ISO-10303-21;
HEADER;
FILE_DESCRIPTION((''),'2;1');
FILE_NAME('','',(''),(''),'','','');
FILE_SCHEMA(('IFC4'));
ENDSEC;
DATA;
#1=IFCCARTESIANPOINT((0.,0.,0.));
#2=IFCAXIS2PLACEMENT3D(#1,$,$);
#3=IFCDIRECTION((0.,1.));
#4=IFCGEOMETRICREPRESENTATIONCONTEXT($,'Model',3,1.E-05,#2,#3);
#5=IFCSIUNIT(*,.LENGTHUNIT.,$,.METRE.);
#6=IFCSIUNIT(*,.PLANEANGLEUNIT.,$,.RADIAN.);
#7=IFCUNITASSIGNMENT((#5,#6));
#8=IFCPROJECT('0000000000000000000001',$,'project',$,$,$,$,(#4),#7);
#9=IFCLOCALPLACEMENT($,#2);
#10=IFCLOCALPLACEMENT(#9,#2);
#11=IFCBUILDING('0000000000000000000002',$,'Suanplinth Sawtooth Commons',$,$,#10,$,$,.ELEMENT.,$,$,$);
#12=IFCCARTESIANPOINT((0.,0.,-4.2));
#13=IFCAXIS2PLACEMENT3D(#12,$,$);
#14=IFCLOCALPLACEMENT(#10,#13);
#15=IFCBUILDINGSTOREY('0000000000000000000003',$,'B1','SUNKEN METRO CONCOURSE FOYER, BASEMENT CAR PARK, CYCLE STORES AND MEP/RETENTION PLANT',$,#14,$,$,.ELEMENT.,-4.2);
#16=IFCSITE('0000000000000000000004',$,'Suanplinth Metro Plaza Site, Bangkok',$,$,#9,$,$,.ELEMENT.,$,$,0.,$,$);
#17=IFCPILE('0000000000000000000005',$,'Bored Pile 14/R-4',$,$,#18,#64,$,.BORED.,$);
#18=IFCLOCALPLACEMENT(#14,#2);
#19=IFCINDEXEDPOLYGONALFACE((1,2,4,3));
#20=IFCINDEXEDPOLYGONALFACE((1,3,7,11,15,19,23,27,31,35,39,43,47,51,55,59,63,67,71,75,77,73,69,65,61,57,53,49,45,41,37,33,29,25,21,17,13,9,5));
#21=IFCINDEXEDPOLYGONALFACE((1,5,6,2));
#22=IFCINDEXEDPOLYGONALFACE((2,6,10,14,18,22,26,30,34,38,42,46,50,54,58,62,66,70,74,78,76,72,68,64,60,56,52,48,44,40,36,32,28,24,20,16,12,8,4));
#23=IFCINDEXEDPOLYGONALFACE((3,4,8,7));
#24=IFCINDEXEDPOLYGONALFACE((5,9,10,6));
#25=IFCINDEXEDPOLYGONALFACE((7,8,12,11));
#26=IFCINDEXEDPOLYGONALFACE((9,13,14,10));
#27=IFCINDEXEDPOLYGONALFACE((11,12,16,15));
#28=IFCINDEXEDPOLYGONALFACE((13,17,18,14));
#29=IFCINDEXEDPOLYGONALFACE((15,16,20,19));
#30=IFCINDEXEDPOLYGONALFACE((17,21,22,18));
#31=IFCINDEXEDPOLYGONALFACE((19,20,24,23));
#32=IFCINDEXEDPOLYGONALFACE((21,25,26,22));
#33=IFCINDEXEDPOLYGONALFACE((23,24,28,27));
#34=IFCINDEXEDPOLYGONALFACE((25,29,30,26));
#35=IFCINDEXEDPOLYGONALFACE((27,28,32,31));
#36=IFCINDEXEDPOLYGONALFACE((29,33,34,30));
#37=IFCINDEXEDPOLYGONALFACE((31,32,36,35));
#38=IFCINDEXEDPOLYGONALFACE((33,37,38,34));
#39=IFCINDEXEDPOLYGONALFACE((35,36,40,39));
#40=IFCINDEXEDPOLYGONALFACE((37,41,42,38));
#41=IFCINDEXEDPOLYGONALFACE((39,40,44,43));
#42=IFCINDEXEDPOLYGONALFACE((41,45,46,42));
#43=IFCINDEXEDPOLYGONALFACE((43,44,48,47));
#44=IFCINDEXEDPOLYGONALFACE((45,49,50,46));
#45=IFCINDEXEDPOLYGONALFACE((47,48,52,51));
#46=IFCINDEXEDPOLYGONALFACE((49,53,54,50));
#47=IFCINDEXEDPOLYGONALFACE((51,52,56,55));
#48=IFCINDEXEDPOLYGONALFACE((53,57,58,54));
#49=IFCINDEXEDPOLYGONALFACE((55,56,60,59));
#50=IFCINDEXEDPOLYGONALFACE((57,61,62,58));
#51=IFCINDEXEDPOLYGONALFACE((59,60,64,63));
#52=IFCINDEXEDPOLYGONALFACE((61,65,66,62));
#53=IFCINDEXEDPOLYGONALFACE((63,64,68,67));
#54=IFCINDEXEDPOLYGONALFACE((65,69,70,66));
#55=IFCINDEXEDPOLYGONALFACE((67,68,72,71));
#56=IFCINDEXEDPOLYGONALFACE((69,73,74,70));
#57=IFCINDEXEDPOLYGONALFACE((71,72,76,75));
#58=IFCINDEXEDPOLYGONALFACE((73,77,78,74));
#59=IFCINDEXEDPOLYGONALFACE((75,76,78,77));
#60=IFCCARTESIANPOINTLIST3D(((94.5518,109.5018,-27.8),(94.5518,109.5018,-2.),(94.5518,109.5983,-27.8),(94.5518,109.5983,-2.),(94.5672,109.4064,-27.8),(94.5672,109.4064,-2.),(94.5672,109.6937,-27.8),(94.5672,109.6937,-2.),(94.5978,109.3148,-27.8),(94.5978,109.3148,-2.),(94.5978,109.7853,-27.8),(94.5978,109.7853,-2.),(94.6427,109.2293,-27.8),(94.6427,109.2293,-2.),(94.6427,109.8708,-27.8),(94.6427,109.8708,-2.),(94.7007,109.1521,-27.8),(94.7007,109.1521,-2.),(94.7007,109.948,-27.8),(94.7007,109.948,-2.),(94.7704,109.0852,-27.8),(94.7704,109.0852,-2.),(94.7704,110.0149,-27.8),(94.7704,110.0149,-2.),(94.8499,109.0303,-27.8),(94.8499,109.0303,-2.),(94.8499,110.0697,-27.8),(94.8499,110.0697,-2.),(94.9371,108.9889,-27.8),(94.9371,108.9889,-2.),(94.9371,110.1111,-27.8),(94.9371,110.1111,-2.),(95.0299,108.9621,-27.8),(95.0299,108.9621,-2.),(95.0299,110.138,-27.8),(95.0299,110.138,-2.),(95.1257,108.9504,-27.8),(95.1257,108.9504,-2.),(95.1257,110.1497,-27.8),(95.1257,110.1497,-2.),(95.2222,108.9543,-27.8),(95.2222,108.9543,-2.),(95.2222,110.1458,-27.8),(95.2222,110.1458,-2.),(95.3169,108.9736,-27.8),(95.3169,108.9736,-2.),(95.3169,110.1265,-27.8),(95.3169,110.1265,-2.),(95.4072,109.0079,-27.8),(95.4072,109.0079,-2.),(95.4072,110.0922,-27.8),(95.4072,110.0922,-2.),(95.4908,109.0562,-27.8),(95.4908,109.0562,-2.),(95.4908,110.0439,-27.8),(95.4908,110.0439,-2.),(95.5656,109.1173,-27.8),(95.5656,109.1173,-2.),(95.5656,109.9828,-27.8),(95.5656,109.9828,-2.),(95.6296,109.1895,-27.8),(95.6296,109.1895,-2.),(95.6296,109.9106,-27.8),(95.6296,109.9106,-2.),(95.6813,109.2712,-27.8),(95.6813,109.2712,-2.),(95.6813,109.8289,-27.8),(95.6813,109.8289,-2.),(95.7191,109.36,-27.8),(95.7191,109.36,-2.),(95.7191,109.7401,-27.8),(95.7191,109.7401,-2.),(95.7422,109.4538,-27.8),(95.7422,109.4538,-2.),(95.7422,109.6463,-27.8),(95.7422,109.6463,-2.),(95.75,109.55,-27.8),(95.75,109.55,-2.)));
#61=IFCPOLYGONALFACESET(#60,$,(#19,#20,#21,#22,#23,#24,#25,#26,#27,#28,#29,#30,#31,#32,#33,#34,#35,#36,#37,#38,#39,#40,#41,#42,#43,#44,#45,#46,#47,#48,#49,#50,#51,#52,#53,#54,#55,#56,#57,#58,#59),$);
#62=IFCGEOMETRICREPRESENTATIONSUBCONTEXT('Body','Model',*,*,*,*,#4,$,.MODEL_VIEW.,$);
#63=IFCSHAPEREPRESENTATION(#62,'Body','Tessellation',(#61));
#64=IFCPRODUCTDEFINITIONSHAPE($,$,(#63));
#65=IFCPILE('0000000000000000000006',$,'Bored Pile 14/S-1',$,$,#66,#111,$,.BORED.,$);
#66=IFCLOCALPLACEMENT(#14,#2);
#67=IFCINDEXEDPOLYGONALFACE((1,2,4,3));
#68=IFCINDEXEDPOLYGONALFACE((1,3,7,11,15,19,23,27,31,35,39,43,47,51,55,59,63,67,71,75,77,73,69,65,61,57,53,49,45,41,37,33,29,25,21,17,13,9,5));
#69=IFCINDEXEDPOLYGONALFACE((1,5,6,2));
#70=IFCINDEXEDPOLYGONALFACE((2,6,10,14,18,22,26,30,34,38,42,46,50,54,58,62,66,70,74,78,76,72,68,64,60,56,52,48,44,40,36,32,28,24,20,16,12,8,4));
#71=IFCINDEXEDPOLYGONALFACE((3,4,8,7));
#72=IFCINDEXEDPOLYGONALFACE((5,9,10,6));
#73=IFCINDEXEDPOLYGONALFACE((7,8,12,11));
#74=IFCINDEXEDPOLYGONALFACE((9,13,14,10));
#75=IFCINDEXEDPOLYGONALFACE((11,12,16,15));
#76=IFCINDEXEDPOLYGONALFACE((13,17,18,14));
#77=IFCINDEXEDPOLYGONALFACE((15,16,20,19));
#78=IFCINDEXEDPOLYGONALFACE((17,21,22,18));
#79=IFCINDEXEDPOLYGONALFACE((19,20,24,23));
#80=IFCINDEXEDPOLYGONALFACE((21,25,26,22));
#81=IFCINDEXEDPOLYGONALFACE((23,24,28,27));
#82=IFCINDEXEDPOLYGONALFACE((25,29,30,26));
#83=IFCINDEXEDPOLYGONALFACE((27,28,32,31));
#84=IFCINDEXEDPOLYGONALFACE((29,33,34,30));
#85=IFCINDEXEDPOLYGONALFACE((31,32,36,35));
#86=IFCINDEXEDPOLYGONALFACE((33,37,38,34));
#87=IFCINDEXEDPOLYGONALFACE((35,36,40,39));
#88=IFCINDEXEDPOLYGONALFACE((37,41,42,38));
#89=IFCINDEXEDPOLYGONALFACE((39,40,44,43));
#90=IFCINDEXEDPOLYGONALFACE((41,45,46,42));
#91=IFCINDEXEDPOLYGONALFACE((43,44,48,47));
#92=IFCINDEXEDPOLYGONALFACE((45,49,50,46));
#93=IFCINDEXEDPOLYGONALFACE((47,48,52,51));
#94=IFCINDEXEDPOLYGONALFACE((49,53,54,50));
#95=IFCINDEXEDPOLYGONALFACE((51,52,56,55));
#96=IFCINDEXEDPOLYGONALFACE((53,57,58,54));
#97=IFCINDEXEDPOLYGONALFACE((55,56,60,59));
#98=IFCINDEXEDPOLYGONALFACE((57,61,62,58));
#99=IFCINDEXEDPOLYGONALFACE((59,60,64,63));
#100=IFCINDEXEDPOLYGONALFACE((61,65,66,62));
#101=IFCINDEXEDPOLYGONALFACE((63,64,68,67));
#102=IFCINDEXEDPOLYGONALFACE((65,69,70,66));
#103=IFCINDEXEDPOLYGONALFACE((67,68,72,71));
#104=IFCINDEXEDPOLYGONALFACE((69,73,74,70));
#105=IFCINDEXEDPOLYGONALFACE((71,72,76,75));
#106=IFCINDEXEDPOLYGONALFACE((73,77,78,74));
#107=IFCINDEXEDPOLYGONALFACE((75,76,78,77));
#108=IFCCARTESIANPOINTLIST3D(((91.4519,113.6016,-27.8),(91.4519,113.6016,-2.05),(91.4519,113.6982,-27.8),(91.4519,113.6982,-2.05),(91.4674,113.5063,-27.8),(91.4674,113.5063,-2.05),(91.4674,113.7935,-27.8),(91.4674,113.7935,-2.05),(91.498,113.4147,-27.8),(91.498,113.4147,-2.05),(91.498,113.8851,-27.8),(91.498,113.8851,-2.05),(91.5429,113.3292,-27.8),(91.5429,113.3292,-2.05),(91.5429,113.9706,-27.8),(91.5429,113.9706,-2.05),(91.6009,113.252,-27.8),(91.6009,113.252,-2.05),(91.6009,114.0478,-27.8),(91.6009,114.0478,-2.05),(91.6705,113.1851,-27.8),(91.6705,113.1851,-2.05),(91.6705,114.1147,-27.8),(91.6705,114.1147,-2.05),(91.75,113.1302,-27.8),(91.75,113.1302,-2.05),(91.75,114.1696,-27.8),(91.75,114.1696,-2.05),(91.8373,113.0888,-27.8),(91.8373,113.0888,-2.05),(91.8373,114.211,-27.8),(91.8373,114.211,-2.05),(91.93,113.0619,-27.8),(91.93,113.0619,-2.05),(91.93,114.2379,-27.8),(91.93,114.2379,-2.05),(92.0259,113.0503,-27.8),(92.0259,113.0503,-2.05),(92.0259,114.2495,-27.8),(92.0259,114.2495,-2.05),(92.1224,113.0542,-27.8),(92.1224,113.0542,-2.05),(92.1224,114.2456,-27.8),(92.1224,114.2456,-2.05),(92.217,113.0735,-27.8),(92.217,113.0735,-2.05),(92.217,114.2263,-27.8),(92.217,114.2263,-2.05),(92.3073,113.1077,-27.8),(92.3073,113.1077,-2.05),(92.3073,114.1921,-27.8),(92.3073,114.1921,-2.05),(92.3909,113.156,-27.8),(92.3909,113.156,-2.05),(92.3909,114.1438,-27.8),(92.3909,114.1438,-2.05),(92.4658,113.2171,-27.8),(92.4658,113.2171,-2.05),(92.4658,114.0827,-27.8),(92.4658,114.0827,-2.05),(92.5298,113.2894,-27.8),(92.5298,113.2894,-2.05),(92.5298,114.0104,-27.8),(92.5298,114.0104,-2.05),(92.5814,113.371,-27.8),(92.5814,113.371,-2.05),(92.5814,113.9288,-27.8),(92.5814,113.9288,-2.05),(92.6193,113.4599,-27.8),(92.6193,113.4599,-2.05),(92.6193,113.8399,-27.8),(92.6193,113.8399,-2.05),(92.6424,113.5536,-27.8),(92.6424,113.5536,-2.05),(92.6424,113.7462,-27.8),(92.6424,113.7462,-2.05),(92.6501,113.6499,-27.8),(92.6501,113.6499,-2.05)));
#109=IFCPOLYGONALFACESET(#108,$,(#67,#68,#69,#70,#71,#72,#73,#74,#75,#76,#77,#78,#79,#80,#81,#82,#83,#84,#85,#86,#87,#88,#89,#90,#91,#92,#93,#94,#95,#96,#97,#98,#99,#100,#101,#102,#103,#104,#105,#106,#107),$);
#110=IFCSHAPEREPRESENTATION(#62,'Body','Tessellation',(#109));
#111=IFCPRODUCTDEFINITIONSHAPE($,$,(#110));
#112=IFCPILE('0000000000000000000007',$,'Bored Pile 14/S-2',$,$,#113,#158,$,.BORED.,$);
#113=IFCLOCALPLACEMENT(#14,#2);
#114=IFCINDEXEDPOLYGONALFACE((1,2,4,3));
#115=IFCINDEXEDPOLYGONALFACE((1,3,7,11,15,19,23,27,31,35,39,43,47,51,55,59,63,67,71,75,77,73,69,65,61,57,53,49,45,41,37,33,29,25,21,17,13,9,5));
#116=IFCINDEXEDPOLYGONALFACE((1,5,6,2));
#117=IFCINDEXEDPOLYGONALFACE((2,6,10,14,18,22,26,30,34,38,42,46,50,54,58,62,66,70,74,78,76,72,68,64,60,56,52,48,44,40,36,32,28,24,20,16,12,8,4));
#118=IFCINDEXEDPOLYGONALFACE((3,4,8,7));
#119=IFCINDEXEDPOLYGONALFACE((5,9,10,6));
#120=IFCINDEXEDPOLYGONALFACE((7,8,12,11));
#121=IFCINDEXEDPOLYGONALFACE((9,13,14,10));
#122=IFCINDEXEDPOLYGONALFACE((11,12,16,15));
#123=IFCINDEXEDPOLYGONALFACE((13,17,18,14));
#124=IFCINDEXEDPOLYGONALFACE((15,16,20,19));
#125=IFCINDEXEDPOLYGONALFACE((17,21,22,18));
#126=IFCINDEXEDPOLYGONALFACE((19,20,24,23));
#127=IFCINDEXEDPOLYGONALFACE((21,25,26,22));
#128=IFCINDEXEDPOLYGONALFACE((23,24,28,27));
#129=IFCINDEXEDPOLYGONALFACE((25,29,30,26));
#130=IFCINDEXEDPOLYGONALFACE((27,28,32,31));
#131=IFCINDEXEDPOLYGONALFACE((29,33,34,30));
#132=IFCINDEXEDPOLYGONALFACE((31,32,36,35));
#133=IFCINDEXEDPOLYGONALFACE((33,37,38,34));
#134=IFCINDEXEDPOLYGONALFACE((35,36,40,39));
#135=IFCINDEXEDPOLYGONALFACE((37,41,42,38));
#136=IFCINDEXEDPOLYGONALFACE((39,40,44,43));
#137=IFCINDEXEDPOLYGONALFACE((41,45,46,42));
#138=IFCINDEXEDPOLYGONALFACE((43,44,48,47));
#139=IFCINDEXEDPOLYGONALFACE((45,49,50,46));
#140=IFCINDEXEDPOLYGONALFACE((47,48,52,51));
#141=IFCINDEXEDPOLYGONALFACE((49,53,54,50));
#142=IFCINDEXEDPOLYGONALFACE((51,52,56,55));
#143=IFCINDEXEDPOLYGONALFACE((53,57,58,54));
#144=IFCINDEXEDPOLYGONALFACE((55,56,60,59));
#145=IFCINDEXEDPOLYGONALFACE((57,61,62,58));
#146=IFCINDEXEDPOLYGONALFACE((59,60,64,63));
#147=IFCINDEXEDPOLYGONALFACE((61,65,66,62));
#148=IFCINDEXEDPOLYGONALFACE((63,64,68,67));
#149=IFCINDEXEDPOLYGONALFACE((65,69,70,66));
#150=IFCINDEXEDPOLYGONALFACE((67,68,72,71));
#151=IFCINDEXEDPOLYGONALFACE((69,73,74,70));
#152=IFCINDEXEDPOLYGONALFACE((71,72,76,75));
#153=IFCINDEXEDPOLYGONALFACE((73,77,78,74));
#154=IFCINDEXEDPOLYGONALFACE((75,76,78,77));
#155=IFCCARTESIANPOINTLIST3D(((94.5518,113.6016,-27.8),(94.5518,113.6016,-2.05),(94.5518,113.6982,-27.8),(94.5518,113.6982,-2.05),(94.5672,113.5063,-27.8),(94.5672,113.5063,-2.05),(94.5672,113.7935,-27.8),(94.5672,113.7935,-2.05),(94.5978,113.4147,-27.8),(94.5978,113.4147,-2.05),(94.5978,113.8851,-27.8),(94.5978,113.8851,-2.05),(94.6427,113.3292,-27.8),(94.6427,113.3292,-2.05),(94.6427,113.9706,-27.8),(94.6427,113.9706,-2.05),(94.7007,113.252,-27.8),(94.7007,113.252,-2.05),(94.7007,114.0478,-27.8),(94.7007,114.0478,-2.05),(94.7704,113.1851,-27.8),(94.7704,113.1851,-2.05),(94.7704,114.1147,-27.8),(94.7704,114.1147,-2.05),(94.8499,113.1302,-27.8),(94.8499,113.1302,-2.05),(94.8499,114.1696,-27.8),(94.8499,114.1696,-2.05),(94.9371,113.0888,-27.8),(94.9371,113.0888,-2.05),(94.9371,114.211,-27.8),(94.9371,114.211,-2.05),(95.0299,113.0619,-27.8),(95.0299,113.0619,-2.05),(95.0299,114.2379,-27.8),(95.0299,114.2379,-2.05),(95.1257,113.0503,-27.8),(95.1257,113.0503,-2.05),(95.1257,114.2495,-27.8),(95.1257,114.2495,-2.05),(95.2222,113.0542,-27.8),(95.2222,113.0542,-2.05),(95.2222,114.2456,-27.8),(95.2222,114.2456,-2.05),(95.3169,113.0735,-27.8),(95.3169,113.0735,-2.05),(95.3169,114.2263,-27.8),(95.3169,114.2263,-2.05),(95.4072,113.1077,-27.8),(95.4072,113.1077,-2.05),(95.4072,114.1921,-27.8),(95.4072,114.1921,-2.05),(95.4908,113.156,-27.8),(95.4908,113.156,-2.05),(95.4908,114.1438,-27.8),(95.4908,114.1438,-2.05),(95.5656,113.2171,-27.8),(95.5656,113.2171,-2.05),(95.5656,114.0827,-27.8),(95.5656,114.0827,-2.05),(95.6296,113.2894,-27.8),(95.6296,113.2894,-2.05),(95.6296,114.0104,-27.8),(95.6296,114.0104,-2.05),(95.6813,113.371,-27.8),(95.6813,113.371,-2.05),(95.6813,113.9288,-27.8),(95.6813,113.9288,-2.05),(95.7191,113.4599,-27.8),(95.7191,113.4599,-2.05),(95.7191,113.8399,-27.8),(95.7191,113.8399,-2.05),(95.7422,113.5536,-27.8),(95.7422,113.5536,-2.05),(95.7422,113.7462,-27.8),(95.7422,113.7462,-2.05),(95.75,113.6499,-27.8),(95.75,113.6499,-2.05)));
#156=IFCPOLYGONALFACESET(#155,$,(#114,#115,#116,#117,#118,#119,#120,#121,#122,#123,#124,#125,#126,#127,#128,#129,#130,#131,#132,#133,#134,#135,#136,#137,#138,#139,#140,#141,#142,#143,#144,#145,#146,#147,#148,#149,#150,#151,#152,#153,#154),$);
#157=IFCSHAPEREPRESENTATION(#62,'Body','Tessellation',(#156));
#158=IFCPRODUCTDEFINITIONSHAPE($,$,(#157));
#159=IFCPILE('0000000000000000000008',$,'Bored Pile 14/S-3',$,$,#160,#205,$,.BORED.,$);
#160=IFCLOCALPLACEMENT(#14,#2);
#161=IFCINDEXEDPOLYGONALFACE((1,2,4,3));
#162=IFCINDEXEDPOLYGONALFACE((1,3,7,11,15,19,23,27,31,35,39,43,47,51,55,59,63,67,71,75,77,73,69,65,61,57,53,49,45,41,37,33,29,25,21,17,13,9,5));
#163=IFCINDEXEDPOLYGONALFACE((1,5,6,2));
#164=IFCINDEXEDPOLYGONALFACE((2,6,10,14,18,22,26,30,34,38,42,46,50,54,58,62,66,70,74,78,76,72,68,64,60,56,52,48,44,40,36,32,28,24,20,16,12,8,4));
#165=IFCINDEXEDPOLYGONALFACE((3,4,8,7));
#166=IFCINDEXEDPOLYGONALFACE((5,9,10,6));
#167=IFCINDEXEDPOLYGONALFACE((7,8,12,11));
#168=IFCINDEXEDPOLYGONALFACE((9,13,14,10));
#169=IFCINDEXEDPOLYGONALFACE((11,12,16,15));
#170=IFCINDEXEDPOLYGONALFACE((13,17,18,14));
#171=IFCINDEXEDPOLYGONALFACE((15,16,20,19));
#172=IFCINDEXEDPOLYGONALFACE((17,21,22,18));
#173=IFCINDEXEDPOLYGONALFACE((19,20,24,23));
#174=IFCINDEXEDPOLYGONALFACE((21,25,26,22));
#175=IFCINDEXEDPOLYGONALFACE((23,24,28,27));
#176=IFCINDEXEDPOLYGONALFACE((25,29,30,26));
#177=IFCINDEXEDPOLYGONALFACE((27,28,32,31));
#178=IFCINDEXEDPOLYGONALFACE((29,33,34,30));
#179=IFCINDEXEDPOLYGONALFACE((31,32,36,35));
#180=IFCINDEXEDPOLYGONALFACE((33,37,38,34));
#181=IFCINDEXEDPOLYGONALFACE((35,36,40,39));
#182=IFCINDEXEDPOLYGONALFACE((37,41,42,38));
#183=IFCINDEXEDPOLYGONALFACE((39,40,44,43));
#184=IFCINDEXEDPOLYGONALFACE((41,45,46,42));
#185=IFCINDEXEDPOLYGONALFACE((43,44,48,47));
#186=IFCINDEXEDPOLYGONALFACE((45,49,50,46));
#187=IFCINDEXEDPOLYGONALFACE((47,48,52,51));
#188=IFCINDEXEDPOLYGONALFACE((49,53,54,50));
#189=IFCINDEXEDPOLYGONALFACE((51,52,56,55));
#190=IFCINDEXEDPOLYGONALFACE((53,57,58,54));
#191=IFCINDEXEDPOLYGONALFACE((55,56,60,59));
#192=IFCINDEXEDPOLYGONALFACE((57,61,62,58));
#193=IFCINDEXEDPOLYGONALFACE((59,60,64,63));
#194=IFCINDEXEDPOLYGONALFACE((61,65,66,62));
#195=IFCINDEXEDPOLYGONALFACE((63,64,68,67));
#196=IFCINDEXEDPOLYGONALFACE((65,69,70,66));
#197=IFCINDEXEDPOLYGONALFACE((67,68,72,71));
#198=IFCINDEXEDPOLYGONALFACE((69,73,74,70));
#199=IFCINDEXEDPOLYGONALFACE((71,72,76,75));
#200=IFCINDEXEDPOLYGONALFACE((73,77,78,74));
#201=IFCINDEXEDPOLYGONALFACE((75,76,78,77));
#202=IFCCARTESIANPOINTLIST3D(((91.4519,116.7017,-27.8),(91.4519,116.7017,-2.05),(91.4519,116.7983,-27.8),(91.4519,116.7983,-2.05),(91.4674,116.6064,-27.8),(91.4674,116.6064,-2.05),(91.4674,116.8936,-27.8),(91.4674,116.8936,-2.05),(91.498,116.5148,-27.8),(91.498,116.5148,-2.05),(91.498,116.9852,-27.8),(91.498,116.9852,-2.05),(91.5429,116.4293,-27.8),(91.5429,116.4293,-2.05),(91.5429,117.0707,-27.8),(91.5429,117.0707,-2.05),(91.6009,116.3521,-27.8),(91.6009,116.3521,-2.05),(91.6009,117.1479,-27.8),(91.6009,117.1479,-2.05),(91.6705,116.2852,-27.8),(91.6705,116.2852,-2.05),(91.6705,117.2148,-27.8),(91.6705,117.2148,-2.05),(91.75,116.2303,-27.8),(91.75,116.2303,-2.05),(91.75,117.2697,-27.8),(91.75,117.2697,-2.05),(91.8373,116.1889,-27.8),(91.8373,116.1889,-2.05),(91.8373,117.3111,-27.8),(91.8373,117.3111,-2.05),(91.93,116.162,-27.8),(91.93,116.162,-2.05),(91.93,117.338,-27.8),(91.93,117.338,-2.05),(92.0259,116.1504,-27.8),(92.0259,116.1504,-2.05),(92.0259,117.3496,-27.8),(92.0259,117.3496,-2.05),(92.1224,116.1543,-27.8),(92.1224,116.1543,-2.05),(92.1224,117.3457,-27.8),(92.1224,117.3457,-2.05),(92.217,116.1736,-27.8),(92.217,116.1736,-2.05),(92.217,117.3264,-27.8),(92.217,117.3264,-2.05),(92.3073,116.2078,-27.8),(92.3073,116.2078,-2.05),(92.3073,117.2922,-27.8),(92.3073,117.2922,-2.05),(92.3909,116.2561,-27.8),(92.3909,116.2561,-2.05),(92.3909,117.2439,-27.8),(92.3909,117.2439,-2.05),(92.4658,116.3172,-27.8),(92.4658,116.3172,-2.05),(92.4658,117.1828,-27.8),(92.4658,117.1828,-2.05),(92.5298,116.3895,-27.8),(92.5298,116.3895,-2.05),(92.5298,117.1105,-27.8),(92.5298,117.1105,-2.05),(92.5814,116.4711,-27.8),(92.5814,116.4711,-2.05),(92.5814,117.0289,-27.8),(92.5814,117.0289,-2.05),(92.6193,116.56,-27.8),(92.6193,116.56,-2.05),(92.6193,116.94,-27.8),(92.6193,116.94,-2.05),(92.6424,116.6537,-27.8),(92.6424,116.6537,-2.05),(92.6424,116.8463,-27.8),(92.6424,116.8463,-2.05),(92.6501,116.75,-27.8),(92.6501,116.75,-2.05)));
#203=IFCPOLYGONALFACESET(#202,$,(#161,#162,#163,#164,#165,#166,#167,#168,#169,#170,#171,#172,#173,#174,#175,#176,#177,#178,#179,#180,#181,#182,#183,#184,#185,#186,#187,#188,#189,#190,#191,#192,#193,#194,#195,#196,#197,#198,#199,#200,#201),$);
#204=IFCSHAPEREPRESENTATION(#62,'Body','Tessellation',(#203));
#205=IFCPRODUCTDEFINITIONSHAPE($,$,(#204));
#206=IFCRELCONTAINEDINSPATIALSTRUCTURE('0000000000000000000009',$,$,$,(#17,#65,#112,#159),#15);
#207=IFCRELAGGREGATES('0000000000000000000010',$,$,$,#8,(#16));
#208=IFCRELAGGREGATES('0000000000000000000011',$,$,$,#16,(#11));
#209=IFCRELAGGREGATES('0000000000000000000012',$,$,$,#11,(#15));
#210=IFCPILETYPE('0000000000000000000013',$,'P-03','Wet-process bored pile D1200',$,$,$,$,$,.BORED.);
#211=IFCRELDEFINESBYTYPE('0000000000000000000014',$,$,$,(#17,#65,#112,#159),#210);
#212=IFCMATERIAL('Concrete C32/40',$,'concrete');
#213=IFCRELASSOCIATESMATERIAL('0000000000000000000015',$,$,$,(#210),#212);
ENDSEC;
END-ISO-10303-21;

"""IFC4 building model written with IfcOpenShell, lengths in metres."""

from ifc_helpers import new_model, si_unit, direction, frame, origin, origin_2d, place, context, subcontext, project, spatial, circle, extrude, material, material_profile, profile_set, type_object, element, save


model = new_model("IFC4")

# Units and contexts
model_context = context("Model", 3, precision=1e-05, world=origin(), true_north=direction((0.0, 1.0)))
body_context = subcontext(model_context, "Body", "Model", "MODEL_VIEW")
ifc_project = project(units=[si_unit("LENGTHUNIT", "METRE"), si_unit("PLANEANGLEUNIT", "RADIAN")], contexts=[model_context])

# Site, building, storey
site_placement = place(None, origin())
site = spatial("IfcSite", under=ifc_project, at=site_placement, Name="Suanplinth Metro Plaza Site, Bangkok", CompositionType="ELEMENT", RefElevation=0.0)
building_placement = place(site_placement, origin())
building = spatial("IfcBuilding", under=site, at=building_placement, Name="Suanplinth Sawtooth Commons", CompositionType="ELEMENT")
storey_placement = place(building_placement, frame((0.0, 0.0, -4.2)))
storey = spatial("IfcBuildingStorey", under=building, at=storey_placement, Name="B1", Description="SUNKEN METRO CONCOURSE FOYER, BASEMENT CAR PARK, CYCLE STORES AND MEP/RETENTION PLANT", CompositionType="ELEMENT", Elevation=-4.2)

# Piles
ifc_material_1 = material(Name="Concrete C32/40", Category="concrete")
ifc_material_profile_1 = material_profile(ifc_material_1, circle(Radius=0.6001, at=origin_2d()), Name="PILE D1200")
ifc_profile_set_1 = profile_set([ifc_material_profile_1], Name="Concrete C32/40")
pile_type = type_object("IfcPileType", Name="P-03", Description="Wet-process bored pile D1200", PredefinedType="BORED", material=ifc_profile_set_1)
for number, where, z_axis, x_axis, name in (
    (1, (95.1499, 109.55, -2.0), (0.0, 0.0, -1.0), (1.0, 0.0, 0.0), "Bored Pile 14/R-4"),
):
    element("IfcPile", number, at=place(storey_placement, frame(where, z_axis=z_axis, x_axis=x_axis)), inside=storey, type_object=pile_type, Name=name, PredefinedType="BORED", context=body_context, shape_type="SweptSolid", body=[
        extrude(circle(Radius=0.6001, at=origin_2d()), origin(), (0.0, 0.0, 1.0), 25.8),
    ])
for number, where, z_axis, x_axis, name in (
    (2, (92.05, 113.6499, -2.05), (0.0, 0.0, -1.0), (1.0, 0.0, 0.0), "Bored Pile 14/S-1"),
    (3, (95.1499, 113.6499, -2.05), (0.0, 0.0, -1.0), (1.0, 0.0, 0.0), "Bored Pile 14/S-2"),
    (4, (92.05, 116.75, -2.05), (0.0, 0.0, -1.0), (1.0, 0.0, 0.0), "Bored Pile 14/S-3"),
):
    element("IfcPile", number, at=place(storey_placement, frame(where, z_axis=z_axis, x_axis=x_axis)), inside=storey, type_object=pile_type, Name=name, PredefinedType="BORED", context=body_context, shape_type="SweptSolid", body=[
        extrude(circle(Radius=0.6001, at=origin_2d()), origin(), (0.0, 0.0, 1.0), 25.75),
    ])

save(model, "model.ifc")
